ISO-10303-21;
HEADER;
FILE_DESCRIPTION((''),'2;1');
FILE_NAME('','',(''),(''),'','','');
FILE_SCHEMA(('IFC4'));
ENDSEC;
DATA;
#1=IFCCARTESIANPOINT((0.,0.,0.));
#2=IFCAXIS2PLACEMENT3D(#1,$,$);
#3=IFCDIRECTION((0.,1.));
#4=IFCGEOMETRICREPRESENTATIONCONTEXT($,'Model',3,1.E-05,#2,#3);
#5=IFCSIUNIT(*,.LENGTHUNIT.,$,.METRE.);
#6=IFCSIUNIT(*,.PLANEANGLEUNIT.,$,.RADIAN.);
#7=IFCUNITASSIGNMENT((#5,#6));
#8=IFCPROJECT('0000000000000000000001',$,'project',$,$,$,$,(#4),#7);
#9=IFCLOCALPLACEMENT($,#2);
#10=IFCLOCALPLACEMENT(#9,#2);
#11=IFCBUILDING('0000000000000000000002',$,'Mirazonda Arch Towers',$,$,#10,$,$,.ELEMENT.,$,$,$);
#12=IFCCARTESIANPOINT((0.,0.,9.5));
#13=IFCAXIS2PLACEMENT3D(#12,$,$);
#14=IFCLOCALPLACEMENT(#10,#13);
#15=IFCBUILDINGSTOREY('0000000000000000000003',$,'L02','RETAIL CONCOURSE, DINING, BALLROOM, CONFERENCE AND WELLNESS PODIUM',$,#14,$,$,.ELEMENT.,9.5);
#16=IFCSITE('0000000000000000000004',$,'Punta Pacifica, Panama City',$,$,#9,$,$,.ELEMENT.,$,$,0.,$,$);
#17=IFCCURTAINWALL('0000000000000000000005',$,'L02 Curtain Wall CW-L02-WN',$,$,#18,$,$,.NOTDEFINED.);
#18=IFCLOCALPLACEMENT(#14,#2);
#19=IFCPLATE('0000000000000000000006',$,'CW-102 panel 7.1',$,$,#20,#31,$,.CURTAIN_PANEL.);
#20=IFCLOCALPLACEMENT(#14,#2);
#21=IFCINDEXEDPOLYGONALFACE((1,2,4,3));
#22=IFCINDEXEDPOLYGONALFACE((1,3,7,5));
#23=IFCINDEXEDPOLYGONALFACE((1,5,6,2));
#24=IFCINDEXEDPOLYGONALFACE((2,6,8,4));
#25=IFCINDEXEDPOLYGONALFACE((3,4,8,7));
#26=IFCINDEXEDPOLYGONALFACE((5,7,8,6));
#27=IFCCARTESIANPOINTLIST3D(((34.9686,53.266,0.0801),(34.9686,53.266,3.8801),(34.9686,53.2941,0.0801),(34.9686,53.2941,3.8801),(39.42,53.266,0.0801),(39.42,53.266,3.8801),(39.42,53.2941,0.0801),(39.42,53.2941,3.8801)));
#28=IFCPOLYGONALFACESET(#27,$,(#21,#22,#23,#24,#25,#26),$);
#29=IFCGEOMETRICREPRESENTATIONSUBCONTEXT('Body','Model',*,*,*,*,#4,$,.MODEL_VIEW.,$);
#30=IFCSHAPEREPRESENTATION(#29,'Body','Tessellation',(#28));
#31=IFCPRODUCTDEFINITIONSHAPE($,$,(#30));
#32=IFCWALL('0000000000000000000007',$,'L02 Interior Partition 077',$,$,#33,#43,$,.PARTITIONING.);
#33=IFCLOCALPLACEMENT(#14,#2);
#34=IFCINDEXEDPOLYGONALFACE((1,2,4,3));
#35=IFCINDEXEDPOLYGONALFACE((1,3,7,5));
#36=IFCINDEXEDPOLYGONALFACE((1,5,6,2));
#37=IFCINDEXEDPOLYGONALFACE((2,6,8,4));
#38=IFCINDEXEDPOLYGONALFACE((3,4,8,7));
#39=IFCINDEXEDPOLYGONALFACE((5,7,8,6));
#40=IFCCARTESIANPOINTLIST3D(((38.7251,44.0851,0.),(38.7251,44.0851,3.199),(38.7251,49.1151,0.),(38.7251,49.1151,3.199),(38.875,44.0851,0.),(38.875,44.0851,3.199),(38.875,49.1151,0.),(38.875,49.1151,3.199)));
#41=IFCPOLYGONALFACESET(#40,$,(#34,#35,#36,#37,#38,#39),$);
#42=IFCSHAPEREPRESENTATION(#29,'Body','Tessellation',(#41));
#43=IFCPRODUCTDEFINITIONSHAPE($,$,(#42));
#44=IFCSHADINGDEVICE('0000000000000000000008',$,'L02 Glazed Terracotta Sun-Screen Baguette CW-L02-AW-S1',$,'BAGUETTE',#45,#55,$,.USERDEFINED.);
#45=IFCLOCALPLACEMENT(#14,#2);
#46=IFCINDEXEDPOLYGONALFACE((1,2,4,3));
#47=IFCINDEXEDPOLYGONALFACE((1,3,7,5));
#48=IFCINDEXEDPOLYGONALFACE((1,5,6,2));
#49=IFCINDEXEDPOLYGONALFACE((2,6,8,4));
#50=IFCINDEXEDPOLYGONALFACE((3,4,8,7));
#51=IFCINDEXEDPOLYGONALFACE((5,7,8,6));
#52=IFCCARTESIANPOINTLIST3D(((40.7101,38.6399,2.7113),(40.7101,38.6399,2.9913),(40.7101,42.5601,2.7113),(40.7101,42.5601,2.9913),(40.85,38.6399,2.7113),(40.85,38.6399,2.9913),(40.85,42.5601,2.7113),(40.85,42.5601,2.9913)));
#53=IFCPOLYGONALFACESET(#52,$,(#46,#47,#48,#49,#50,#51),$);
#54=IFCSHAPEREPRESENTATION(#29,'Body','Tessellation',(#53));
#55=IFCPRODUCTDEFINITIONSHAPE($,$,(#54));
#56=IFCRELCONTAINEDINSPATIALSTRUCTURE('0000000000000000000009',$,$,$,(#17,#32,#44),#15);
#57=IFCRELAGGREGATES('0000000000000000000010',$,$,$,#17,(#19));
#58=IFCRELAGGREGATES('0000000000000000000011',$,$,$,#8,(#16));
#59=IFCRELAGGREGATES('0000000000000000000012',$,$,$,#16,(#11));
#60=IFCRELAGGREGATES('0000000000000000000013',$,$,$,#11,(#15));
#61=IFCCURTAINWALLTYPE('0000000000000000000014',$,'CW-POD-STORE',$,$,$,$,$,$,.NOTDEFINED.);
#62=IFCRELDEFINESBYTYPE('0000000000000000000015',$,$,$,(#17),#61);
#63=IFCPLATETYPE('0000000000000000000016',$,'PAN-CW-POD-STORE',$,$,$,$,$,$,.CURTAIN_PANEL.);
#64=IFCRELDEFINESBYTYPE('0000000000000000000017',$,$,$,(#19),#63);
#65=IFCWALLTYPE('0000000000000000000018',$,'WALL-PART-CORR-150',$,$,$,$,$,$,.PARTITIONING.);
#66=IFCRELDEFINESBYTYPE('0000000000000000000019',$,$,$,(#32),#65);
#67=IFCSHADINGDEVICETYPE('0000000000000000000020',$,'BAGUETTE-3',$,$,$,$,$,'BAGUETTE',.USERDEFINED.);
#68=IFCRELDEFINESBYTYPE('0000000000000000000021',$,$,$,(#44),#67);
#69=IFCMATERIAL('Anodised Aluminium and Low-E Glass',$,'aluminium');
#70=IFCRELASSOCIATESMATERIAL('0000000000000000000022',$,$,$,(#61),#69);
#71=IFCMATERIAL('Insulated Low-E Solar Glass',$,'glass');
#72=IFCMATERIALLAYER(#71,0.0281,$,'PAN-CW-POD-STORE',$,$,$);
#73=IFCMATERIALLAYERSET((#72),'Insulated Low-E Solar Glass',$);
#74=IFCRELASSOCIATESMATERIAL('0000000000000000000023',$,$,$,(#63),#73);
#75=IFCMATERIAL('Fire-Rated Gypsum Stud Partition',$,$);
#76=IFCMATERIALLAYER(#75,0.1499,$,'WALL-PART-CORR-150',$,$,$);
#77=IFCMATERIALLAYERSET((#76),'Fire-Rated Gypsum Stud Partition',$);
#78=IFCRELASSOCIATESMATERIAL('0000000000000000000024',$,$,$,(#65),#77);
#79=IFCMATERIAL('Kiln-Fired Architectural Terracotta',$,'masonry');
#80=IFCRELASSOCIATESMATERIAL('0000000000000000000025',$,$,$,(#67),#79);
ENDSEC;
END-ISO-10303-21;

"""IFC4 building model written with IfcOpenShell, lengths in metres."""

from ifc_helpers import new_model, si_unit, direction, frame, frame_2d, origin, origin_2d, place, context, subcontext, project, spatial, rectangle, extrude, material, layer, layer_set, material_profile, profile_set, type_object, element, aggregate, save


model = new_model("IFC4")

# Units and contexts
model_context = context("Model", 3, precision=1e-05, world=origin(), true_north=direction((0.0, 1.0)))
body_context = subcontext(model_context, "Body", "Model", "MODEL_VIEW")
ifc_project = project(units=[si_unit("LENGTHUNIT", "METRE"), si_unit("PLANEANGLEUNIT", "RADIAN")], contexts=[model_context])

# Site, building, storey
site_placement = place(None, origin())
site = spatial("IfcSite", under=ifc_project, at=site_placement, Name="Punta Pacifica, Panama City", CompositionType="ELEMENT", RefElevation=0.0)
building_placement = place(site_placement, origin())
building = spatial("IfcBuilding", under=site, at=building_placement, Name="Mirazonda Arch Towers", CompositionType="ELEMENT")
storey_placement = place(building_placement, frame((0.0, 0.0, 9.5)))
storey = spatial("IfcBuildingStorey", under=building, at=storey_placement, Name="L02", Description="RETAIL CONCOURSE, DINING, BALLROOM, CONFERENCE AND WELLNESS PODIUM", CompositionType="ELEMENT", Elevation=9.5)

# Shared definitions
ifc_material_1 = material(Name="Anodised Aluminium and Low-E Glass", Category="aluminium")

# Curtain wall
curtain_wall_type_1 = type_object("IfcCurtainWallType", Name="CW-POD-STORE", PredefinedType="NOTDEFINED", material=ifc_material_1)
curtain_wall_1_placement = place(storey_placement, origin())
curtain_wall_1 = element("IfcCurtainWall", 1, at=curtain_wall_1_placement, inside=storey, type_object=curtain_wall_type_1, Name="L02 Curtain Wall CW-L02-WN", PredefinedType="NOTDEFINED")

# Plate
ifc_material_2 = material(Name="Insulated Low-E Solar Glass", Category="glass")
ifc_layer_1 = layer(ifc_material_2, 0.0281, Name="PAN-CW-POD-STORE")
ifc_layer_set_1 = layer_set([ifc_layer_1], Name="Insulated Low-E Solar Glass")
plate_type_1 = type_object("IfcPlateType", Name="PAN-CW-POD-STORE", PredefinedType="CURTAIN_PANEL", material=ifc_layer_set_1)
plate_1_placement = place(storey_placement, frame((37.1943, 53.28, 0.0801), z_axis=(0.0, 0.0, 1.0), x_axis=(1.0, 0.0, 0.0)))
plate_1 = element("IfcPlate", 2, at=plate_1_placement, type_object=plate_type_1, Name="CW-102 panel 7.1", PredefinedType="CURTAIN_PANEL", context=body_context, shape_type="SweptSolid", body=[
    extrude(rectangle(XDim=4.4514, YDim=0.0281, at=origin_2d()), origin(), (0.0, 0.0, 1.0), 3.8),
])
aggregate(curtain_wall_1, [plate_1])

# Wall
ifc_material_3 = material(Name="Fire-Rated Gypsum Stud Partition")
ifc_layer_2 = layer(ifc_material_3, 0.1499, Name="WALL-PART-CORR-150")
ifc_layer_set_2 = layer_set([ifc_layer_2], Name="Fire-Rated Gypsum Stud Partition")
wall_type = type_object("IfcWallType", Name="WALL-PART-CORR-150", PredefinedType="PARTITIONING", material=ifc_layer_set_2)
wall_placement = place(storey_placement, frame((38.8, 44.085, 0.0), z_axis=(0.0, 0.0, 1.0), x_axis=(0.0, 1.0, 0.0)))
element("IfcWall", 3, at=wall_placement, inside=storey, type_object=wall_type, Name="L02 Interior Partition 077", PredefinedType="PARTITIONING", context=body_context, shape_type="SweptSolid", body=[
    extrude(rectangle(XDim=5.03, YDim=0.1499, at=frame_2d((2.5151, 0.0))), origin(), (0.0, 0.0, 1.0), 3.199),
])

# Shading device
ifc_material_4 = material(Name="Kiln-Fired Architectural Terracotta", Category="masonry")
ifc_material_profile_1 = material_profile(ifc_material_4, rectangle(XDim=0.1399, YDim=0.28, at=origin_2d()), Name="TERRA-BAG-140x280")
ifc_profile_set_1 = profile_set([ifc_material_profile_1], Name="Kiln-Fired Architectural Terracotta")
shading_device_type = type_object("IfcShadingDeviceType", Name="BAGUETTE-3", ElementType="BAGUETTE", PredefinedType="USERDEFINED", material=ifc_profile_set_1)
shading_device_placement = place(storey_placement, frame((40.78, 42.5601, 2.8513), z_axis=(0.0, -1.0, 0.0), x_axis=(1.0, 0.0, 0.0)))
element("IfcShadingDevice", 4, at=shading_device_placement, inside=storey, type_object=shading_device_type, Name="L02 Glazed Terracotta Sun-Screen Baguette CW-L02-AW-S1", ObjectType="BAGUETTE", PredefinedType="USERDEFINED", context=body_context, shape_type="SweptSolid", body=[
    extrude(rectangle(XDim=0.1399, YDim=0.28, at=origin_2d()), origin(), (0.0, 0.0, 1.0), 3.9202),
])

save(model, "model.ifc")
